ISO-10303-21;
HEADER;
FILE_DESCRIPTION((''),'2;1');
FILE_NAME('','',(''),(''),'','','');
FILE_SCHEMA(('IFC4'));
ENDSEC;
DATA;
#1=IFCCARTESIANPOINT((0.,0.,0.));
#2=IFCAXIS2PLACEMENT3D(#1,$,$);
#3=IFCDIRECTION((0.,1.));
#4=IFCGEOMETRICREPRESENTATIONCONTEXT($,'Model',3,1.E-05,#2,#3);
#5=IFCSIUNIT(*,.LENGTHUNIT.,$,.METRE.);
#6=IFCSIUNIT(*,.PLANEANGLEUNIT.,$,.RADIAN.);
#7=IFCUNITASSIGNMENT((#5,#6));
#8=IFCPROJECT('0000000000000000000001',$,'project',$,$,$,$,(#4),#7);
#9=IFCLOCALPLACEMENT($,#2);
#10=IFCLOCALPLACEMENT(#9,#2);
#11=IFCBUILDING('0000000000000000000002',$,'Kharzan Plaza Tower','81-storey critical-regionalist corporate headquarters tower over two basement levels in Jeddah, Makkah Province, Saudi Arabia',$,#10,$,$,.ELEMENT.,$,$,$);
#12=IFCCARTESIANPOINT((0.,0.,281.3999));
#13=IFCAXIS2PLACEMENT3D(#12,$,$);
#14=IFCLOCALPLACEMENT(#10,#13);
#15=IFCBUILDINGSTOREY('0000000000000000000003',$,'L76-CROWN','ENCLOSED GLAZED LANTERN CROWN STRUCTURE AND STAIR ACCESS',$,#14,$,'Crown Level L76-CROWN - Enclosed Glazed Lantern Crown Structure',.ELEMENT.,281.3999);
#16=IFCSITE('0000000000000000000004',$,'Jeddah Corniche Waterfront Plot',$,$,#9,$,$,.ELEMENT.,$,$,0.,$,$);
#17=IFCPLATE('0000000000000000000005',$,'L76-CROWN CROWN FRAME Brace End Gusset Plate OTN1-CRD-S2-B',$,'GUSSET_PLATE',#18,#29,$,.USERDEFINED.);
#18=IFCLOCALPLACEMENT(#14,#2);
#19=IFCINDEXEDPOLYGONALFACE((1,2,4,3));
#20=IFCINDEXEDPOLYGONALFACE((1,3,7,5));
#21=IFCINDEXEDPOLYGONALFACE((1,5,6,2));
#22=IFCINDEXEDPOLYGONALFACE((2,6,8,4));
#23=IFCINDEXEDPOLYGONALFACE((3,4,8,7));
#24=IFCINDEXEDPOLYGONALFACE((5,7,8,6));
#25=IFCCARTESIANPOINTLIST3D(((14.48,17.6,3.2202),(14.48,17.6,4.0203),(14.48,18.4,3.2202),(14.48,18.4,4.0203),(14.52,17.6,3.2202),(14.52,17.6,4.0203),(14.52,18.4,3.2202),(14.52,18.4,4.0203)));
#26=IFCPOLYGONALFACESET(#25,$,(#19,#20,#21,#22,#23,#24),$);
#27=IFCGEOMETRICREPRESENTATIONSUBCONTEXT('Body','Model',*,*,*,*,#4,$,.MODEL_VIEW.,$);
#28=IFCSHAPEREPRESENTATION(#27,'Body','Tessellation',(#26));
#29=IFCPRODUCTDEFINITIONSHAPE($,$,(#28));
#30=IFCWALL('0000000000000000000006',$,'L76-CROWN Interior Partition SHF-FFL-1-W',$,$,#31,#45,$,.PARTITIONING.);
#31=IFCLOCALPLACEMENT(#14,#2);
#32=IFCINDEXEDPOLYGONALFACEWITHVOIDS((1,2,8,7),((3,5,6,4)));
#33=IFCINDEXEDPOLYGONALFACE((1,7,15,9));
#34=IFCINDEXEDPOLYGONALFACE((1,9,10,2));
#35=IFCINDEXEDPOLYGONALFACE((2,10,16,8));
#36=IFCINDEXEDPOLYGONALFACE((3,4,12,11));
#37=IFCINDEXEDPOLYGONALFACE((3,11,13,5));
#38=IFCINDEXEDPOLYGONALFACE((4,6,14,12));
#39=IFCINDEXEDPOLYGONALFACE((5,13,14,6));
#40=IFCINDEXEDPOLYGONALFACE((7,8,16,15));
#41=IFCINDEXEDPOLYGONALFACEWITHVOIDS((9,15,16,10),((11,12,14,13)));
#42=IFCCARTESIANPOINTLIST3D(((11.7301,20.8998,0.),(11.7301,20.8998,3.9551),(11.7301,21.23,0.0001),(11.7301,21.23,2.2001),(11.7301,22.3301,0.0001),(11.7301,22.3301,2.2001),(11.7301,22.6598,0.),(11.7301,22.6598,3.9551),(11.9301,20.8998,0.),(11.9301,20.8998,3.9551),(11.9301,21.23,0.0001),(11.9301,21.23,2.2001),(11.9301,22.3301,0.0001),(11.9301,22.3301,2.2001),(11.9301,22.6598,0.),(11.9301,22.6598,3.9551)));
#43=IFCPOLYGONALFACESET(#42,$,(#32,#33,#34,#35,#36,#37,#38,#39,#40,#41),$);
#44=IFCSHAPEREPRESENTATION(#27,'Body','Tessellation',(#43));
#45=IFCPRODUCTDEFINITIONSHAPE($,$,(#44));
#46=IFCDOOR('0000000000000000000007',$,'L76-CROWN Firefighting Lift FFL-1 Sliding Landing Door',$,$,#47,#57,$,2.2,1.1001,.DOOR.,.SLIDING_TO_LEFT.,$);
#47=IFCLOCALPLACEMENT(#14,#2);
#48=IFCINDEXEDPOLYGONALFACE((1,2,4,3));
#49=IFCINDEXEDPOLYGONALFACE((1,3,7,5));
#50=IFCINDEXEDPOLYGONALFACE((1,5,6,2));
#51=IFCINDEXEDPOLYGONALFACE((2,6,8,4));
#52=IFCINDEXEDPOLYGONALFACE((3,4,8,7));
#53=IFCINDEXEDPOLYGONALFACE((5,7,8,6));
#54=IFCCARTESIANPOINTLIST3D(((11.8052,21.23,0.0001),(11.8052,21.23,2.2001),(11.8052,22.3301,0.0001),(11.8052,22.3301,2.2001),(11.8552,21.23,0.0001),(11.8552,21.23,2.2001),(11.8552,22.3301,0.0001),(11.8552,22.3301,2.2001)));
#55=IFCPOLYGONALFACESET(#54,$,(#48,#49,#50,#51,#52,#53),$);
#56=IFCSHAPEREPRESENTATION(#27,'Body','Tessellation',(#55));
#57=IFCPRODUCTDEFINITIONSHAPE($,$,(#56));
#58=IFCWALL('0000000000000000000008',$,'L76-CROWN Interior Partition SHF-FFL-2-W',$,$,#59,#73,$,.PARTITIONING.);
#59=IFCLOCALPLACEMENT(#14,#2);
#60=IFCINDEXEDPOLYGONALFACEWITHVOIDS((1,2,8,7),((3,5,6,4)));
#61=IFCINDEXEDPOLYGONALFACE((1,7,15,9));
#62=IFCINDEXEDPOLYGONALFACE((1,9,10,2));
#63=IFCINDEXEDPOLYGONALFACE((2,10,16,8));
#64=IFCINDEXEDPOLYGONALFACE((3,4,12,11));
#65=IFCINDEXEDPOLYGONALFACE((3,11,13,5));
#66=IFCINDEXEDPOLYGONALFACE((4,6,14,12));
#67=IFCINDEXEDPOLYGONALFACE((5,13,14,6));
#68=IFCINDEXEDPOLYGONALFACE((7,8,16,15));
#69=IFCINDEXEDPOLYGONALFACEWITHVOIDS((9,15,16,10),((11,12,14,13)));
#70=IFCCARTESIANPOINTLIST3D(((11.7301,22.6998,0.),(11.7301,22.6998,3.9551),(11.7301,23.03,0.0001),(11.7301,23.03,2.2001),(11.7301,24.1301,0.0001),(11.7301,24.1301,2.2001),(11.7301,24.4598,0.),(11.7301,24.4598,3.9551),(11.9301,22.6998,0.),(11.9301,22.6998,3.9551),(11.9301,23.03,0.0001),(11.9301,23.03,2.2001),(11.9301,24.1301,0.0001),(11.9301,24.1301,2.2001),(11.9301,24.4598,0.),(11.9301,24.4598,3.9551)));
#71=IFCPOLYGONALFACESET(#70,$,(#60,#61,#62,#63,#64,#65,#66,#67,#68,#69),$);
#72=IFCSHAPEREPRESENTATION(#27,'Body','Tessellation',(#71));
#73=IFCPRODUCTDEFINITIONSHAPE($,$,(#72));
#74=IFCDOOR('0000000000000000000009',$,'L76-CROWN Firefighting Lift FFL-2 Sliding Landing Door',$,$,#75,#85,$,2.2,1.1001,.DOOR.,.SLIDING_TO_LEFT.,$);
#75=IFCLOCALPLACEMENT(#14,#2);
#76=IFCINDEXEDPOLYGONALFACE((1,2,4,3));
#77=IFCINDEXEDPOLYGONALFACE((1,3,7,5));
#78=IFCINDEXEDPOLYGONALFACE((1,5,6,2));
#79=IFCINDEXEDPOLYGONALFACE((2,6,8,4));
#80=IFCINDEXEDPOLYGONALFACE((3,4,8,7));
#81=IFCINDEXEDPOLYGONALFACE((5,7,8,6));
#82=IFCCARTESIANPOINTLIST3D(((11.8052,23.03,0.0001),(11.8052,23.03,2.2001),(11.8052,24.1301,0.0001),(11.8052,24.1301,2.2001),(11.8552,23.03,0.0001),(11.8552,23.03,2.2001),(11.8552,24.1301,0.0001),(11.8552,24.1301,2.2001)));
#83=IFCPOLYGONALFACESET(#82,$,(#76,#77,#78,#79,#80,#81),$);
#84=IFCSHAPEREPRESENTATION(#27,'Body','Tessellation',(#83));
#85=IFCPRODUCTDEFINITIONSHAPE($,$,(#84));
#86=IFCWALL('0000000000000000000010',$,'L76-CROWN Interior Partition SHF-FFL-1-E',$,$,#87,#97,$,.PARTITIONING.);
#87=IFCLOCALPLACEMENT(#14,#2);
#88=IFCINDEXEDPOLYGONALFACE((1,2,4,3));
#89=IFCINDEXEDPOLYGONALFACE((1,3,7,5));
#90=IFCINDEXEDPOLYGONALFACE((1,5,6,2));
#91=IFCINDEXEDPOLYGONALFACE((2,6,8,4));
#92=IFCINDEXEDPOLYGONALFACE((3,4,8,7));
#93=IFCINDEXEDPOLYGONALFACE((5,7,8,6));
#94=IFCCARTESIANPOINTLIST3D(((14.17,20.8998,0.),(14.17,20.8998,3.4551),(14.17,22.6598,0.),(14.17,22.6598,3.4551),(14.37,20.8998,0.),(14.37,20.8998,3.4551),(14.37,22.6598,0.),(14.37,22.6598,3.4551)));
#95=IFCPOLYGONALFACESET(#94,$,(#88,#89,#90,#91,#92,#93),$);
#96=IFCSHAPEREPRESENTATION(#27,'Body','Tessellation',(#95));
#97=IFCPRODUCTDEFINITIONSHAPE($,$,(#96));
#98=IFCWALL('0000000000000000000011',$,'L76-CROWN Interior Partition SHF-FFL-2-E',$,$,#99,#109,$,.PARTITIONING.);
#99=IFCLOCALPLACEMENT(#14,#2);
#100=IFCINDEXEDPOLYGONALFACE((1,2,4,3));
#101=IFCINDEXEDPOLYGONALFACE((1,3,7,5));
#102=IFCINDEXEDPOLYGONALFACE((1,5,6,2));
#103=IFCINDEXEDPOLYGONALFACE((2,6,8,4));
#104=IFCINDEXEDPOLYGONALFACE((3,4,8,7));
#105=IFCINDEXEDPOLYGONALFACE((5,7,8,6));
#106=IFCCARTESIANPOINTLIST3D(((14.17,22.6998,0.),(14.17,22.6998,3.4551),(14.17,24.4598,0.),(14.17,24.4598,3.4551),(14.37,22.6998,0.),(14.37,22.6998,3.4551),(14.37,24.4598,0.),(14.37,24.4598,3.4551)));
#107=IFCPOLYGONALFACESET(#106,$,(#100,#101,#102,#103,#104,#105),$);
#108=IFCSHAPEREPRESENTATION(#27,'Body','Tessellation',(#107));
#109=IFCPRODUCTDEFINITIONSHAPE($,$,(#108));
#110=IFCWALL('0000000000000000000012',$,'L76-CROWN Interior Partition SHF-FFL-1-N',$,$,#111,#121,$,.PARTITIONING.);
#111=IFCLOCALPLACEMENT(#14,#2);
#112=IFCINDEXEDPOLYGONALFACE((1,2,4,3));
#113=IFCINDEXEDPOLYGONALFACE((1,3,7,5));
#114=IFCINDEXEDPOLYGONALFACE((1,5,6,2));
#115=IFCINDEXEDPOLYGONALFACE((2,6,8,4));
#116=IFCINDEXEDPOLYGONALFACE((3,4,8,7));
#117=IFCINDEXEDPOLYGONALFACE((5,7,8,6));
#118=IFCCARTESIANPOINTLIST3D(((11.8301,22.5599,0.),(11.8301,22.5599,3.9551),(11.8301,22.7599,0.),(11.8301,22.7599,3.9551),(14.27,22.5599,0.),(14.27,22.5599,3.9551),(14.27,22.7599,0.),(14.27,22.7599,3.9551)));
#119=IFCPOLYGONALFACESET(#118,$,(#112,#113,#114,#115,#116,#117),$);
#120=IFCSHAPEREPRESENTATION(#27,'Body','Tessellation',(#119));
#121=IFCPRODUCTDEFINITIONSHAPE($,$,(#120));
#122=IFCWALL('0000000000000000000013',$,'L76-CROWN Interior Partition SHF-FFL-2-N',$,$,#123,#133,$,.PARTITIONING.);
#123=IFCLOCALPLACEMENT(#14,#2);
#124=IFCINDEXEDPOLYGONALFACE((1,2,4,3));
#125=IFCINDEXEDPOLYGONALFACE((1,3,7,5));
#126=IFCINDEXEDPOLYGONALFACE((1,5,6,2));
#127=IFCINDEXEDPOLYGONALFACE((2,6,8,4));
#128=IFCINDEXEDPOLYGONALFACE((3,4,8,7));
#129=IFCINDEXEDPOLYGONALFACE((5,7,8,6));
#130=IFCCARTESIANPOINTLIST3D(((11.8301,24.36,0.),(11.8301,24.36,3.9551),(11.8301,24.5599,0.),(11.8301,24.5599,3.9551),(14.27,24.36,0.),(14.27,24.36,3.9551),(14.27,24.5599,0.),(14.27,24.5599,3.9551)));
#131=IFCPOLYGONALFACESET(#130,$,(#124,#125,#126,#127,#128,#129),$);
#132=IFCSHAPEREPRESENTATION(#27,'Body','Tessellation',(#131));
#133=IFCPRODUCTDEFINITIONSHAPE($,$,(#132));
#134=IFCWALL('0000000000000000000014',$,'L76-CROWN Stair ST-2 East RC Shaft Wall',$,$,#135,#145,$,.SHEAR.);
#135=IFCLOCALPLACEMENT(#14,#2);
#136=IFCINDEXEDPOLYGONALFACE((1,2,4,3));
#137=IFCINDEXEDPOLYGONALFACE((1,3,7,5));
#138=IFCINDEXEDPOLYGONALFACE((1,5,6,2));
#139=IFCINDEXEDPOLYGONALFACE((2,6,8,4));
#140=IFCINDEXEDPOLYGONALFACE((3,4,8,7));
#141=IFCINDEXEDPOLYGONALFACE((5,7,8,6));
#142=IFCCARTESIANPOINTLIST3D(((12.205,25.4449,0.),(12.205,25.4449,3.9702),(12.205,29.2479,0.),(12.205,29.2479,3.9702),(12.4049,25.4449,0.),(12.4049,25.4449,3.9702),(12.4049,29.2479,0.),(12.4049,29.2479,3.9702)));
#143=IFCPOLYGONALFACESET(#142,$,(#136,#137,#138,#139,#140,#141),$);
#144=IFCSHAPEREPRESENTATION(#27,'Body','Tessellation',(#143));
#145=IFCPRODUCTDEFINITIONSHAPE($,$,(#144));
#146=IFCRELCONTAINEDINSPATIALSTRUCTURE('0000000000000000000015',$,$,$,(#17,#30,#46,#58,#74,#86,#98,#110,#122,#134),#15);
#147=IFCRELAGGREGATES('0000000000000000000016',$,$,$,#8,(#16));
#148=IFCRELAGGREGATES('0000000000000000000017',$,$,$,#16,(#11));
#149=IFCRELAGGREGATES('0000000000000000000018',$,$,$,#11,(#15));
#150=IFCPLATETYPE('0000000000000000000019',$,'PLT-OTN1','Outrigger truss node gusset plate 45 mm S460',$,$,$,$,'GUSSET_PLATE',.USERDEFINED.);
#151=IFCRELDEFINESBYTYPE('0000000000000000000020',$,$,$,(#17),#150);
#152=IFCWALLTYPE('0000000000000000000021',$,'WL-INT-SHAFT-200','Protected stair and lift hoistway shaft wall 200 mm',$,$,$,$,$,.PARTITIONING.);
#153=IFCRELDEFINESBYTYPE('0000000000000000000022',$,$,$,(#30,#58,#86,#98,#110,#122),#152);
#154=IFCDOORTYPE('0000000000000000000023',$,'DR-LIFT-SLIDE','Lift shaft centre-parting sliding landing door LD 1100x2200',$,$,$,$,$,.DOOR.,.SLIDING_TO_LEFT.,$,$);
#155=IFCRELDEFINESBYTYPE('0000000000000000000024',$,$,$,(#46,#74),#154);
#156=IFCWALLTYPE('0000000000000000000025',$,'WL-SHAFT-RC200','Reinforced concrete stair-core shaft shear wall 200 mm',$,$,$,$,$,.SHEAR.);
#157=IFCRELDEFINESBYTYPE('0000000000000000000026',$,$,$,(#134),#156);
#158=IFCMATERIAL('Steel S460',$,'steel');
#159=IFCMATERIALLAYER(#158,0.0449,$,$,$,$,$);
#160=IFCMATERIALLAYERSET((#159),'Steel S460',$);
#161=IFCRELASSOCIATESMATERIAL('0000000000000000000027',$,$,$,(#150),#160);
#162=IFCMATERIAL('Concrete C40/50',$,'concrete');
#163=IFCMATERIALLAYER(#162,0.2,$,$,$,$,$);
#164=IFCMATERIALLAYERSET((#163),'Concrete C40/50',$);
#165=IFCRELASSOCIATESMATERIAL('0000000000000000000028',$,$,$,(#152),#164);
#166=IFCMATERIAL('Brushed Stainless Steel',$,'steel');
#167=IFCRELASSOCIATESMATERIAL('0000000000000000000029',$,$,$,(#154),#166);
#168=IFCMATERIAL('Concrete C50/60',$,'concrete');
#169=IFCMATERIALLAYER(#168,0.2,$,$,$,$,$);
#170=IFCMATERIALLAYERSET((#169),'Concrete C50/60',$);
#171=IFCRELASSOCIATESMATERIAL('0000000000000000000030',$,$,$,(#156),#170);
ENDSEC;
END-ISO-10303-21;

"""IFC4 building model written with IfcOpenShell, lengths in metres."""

from ifc_helpers import new_model, si_unit, direction, frame, frame_2d, origin, origin_2d, place, context, subcontext, project, spatial, rectangle, extrude, source, transform, mapped, material, layer, layer_set, type_object, element, fill, save


model = new_model("IFC4")

# Units and contexts
model_context = context("Model", 3, precision=1e-05, world=origin(), true_north=direction((0.0, 1.0)))
body_context = subcontext(model_context, "Body", "Model", "MODEL_VIEW")
ifc_project = project(units=[si_unit("LENGTHUNIT", "METRE"), si_unit("PLANEANGLEUNIT", "RADIAN")], contexts=[model_context])

# Site, building, storey
site_placement = place(None, origin())
site = spatial("IfcSite", under=ifc_project, at=site_placement, Name="Jeddah Corniche Waterfront Plot", CompositionType="ELEMENT", RefElevation=0.0)
building_placement = place(site_placement, origin())
building = spatial("IfcBuilding", under=site, at=building_placement, Name="Kharzan Plaza Tower", Description="81-storey critical-regionalist corporate headquarters tower over two basement levels in Jeddah, Makkah Province, Saudi Arabia", CompositionType="ELEMENT")
storey_placement = place(building_placement, frame((0.0, 0.0, 281.3999)))
storey = spatial("IfcBuildingStorey", under=building, at=storey_placement, Name="L76-CROWN", Description="ENCLOSED GLAZED LANTERN CROWN STRUCTURE AND STAIR ACCESS", LongName="Crown Level L76-CROWN - Enclosed Glazed Lantern Crown Structure", CompositionType="ELEMENT", Elevation=281.3999)

# Plate
ifc_material_1 = material(Name="Steel S460", Category="steel")
ifc_layer_1 = layer(ifc_material_1, 0.0449)
ifc_layer_set_1 = layer_set([ifc_layer_1], Name="Steel S460")
plate_type_1 = type_object("IfcPlateType", Name="PLT-OTN1", Description="Outrigger truss node gusset plate 45 mm S460", ElementType="GUSSET_PLATE", PredefinedType="USERDEFINED", material=ifc_layer_set_1)
shared_shape_1 = source(origin(), body_context, "Body", "SweptSolid", [
    extrude(rectangle(XDim=0.8, YDim=0.04, at=origin_2d()), origin(), (0.0, 0.0, 1.0), 0.8),
])
for number, where, z_axis, x_axis, name in (
    (1, (14.5, 18.0, 3.2202), (0.0, 0.0, 1.0), (0.0, 1.0, 0.0), "L76-CROWN CROWN FRAME Brace End Gusset Plate OTN1-CRD-S2-B"),
):
    element("IfcPlate", number, at=place(storey_placement, frame(where, z_axis=z_axis, x_axis=x_axis)), inside=storey, type_object=plate_type_1, Name=name, ObjectType="GUSSET_PLATE", PredefinedType="USERDEFINED", context=body_context, shape_type="MappedRepresentation", body=[
        mapped(shared_shape_1, transform((0.0, 0.0, 0.0), x_axis=(1.0, 0.0, 0.0), y_axis=(0.0, 1.0, 0.0), z_axis=(0.0, 0.0, 1.0))),
    ])

# Walls, openings, doors
ifc_material_2 = material(Name="Concrete C40/50", Category="concrete")
ifc_layer_2 = layer(ifc_material_2, 0.2)
ifc_layer_set_2 = layer_set([ifc_layer_2], Name="Concrete C40/50")
wall_type_1 = type_object("IfcWallType", Name="WL-INT-SHAFT-200", Description="Protected stair and lift hoistway shaft wall 200 mm", PredefinedType="PARTITIONING", material=ifc_layer_set_2)
wall_1_placement = place(storey_placement, frame((11.8301, 20.8999, 0.0), z_axis=(0.0, 0.0, 1.0), x_axis=(0.0, 1.0, 0.0)))
wall_1 = element("IfcWall", 2, at=wall_1_placement, inside=storey, type_object=wall_type_1, Name="L76-CROWN Interior Partition SHF-FFL-1-W", PredefinedType="PARTITIONING", context=body_context, shape_type="SweptSolid", body=[
    extrude(rectangle(XDim=1.76, YDim=0.2, at=frame_2d((0.8799, 0.0))), origin(), (0.0, 0.0, 1.0), 3.9551),
])
opening_1_placement = place(wall_1_placement, frame((0.3301, 0.0, 0.0)))
opening_1 = element("IfcOpeningElement", 3, at=opening_1_placement, cuts=wall_1, PredefinedType="OPENING", context=body_context, shape_type="SweptSolid", body=[
    extrude(rectangle(XDim=1.1001, YDim=2.2, at=frame_2d((0.55, 1.1001))), frame((0.0, 0.1099, 0.0), z_axis=(0.0, -1.0, 0.0), x_axis=(1.0, 0.0, 0.0)), (0.0, 0.0, 1.0), 0.22),
])
ifc_material_3 = material(Name="Brushed Stainless Steel", Category="steel")
door_type = type_object("IfcDoorType", Name="DR-LIFT-SLIDE", Description="Lift shaft centre-parting sliding landing door LD 1100x2200", OperationType="SLIDING_TO_LEFT", PredefinedType="DOOR", material=ifc_material_3)
shared_shape_2 = source(origin(), body_context, "Body", "SweptSolid", [
    extrude(rectangle(XDim=1.1001, YDim=2.2, at=frame_2d((0.55, 1.1001))), frame((0.0, 0.0249, 0.0), z_axis=(0.0, -1.0, 0.0), x_axis=(1.0, 0.0, 0.0)), (0.0, 0.0, 1.0), 0.05),
])
door_1_placement = place(opening_1_placement, origin())
door_1 = element("IfcDoor", 4, at=door_1_placement, inside=storey, type_object=door_type, Name="L76-CROWN Firefighting Lift FFL-1 Sliding Landing Door", OperationType="SLIDING_TO_LEFT", OverallHeight=2.2, OverallWidth=1.1001, PredefinedType="DOOR", context=body_context, shape_type="MappedRepresentation", body=[
    mapped(shared_shape_2, transform((0.0, 0.0, 0.0), x_axis=(1.0, 0.0, 0.0), y_axis=(0.0, 1.0, 0.0), z_axis=(0.0, 0.0, 1.0))),
])
fill(opening_1, door_1)
wall_2_placement = place(storey_placement, frame((11.8301, 22.7, 0.0), z_axis=(0.0, 0.0, 1.0), x_axis=(0.0, 1.0, 0.0)))
wall_2 = element("IfcWall", 5, at=wall_2_placement, inside=storey, type_object=wall_type_1, Name="L76-CROWN Interior Partition SHF-FFL-2-W", PredefinedType="PARTITIONING", context=body_context, shape_type="SweptSolid", body=[
    extrude(rectangle(XDim=1.76, YDim=0.2, at=frame_2d((0.8799, 0.0))), origin(), (0.0, 0.0, 1.0), 3.9551),
])
opening_2_placement = place(wall_2_placement, frame((0.3301, 0.0, 0.0)))
opening_2 = element("IfcOpeningElement", 6, at=opening_2_placement, cuts=wall_2, PredefinedType="OPENING", context=body_context, shape_type="SweptSolid", body=[
    extrude(rectangle(XDim=1.1001, YDim=2.2, at=frame_2d((0.55, 1.1001))), frame((0.0, 0.1099, 0.0), z_axis=(0.0, -1.0, 0.0), x_axis=(1.0, 0.0, 0.0)), (0.0, 0.0, 1.0), 0.22),
])
door_2_placement = place(opening_2_placement, origin())
door_2 = element("IfcDoor", 7, at=door_2_placement, inside=storey, type_object=door_type, Name="L76-CROWN Firefighting Lift FFL-2 Sliding Landing Door", OperationType="SLIDING_TO_LEFT", OverallHeight=2.2, OverallWidth=1.1001, PredefinedType="DOOR", context=body_context, shape_type="MappedRepresentation", body=[
    mapped(shared_shape_2, transform((0.0, 0.0, 0.0), x_axis=(1.0, 0.0, 0.0), y_axis=(0.0, 1.0, 0.0), z_axis=(0.0, 0.0, 1.0))),
])
fill(opening_2, door_2)

# Walls
shared_shape_3 = source(origin(), body_context, "Body", "SweptSolid", [
    extrude(rectangle(XDim=1.76, YDim=0.2, at=frame_2d((0.8799, 0.0))), origin(), (0.0, 0.0, 1.0), 3.4551),
])
for number, where, z_axis, x_axis, name in (
    (8, (14.27, 20.8999, 0.0), (0.0, 0.0, 1.0), (0.0, 1.0, 0.0), "L76-CROWN Interior Partition SHF-FFL-1-E"),
    (9, (14.27, 22.7, 0.0), (0.0, 0.0, 1.0), (0.0, 1.0, 0.0), "L76-CROWN Interior Partition SHF-FFL-2-E"),
):
    element("IfcWall", number, at=place(storey_placement, frame(where, z_axis=z_axis, x_axis=x_axis)), inside=storey, type_object=wall_type_1, Name=name, PredefinedType="PARTITIONING", context=body_context, shape_type="MappedRepresentation", body=[
        mapped(shared_shape_3, transform((0.0, 0.0, 0.0), x_axis=(1.0, 0.0, 0.0), y_axis=(0.0, 1.0, 0.0), z_axis=(0.0, 0.0, 1.0))),
    ])
shared_shape_4 = source(origin(), body_context, "Body", "SweptSolid", [
    extrude(rectangle(XDim=2.4399, YDim=0.2, at=frame_2d((1.22, 0.0))), origin(), (0.0, 0.0, 1.0), 3.9551),
])
for number, where, z_axis, x_axis, name in (
    (10, (11.8301, 22.6599, 0.0), (0.0, 0.0, 1.0), (1.0, 0.0, 0.0), "L76-CROWN Interior Partition SHF-FFL-1-N"),
    (11, (11.8301, 24.46, 0.0), (0.0, 0.0, 1.0), (1.0, 0.0, 0.0), "L76-CROWN Interior Partition SHF-FFL-2-N"),
):
    element("IfcWall", number, at=place(storey_placement, frame(where, z_axis=z_axis, x_axis=x_axis)), inside=storey, type_object=wall_type_1, Name=name, PredefinedType="PARTITIONING", context=body_context, shape_type="MappedRepresentation", body=[
        mapped(shared_shape_4, transform((0.0, 0.0, 0.0), x_axis=(1.0, 0.0, 0.0), y_axis=(0.0, 1.0, 0.0), z_axis=(0.0, 0.0, 1.0))),
    ])
ifc_material_4 = material(Name="Concrete C50/60", Category="concrete")
ifc_layer_3 = layer(ifc_material_4, 0.2)
ifc_layer_set_3 = layer_set([ifc_layer_3], Name="Concrete C50/60")
wall_type_2 = type_object("IfcWallType", Name="WL-SHAFT-RC200", Description="Reinforced concrete stair-core shaft shear wall 200 mm", PredefinedType="SHEAR", material=ifc_layer_set_3)
shared_shape_5 = source(origin(), body_context, "Body", "SweptSolid", [
    extrude(rectangle(XDim=3.803, YDim=0.2, at=frame_2d((1.9014, 0.0))), origin(), (0.0, 0.0, 1.0), 3.9702),
])
wall_3_placement = place(storey_placement, frame((12.3049, 25.4451, 0.0), z_axis=(0.0, 0.0, 1.0), x_axis=(0.0, 1.0, 0.0)))
element("IfcWall", 12, at=wall_3_placement, inside=storey, type_object=wall_type_2, Name="L76-CROWN Stair ST-2 East RC Shaft Wall", PredefinedType="SHEAR", context=body_context, shape_type="MappedRepresentation", body=[
    mapped(shared_shape_5, transform((0.0, 0.0, 0.0), x_axis=(1.0, 0.0, 0.0), y_axis=(0.0, 1.0, 0.0), z_axis=(0.0, 0.0, 1.0))),
])

save(model, "model.ifc")
